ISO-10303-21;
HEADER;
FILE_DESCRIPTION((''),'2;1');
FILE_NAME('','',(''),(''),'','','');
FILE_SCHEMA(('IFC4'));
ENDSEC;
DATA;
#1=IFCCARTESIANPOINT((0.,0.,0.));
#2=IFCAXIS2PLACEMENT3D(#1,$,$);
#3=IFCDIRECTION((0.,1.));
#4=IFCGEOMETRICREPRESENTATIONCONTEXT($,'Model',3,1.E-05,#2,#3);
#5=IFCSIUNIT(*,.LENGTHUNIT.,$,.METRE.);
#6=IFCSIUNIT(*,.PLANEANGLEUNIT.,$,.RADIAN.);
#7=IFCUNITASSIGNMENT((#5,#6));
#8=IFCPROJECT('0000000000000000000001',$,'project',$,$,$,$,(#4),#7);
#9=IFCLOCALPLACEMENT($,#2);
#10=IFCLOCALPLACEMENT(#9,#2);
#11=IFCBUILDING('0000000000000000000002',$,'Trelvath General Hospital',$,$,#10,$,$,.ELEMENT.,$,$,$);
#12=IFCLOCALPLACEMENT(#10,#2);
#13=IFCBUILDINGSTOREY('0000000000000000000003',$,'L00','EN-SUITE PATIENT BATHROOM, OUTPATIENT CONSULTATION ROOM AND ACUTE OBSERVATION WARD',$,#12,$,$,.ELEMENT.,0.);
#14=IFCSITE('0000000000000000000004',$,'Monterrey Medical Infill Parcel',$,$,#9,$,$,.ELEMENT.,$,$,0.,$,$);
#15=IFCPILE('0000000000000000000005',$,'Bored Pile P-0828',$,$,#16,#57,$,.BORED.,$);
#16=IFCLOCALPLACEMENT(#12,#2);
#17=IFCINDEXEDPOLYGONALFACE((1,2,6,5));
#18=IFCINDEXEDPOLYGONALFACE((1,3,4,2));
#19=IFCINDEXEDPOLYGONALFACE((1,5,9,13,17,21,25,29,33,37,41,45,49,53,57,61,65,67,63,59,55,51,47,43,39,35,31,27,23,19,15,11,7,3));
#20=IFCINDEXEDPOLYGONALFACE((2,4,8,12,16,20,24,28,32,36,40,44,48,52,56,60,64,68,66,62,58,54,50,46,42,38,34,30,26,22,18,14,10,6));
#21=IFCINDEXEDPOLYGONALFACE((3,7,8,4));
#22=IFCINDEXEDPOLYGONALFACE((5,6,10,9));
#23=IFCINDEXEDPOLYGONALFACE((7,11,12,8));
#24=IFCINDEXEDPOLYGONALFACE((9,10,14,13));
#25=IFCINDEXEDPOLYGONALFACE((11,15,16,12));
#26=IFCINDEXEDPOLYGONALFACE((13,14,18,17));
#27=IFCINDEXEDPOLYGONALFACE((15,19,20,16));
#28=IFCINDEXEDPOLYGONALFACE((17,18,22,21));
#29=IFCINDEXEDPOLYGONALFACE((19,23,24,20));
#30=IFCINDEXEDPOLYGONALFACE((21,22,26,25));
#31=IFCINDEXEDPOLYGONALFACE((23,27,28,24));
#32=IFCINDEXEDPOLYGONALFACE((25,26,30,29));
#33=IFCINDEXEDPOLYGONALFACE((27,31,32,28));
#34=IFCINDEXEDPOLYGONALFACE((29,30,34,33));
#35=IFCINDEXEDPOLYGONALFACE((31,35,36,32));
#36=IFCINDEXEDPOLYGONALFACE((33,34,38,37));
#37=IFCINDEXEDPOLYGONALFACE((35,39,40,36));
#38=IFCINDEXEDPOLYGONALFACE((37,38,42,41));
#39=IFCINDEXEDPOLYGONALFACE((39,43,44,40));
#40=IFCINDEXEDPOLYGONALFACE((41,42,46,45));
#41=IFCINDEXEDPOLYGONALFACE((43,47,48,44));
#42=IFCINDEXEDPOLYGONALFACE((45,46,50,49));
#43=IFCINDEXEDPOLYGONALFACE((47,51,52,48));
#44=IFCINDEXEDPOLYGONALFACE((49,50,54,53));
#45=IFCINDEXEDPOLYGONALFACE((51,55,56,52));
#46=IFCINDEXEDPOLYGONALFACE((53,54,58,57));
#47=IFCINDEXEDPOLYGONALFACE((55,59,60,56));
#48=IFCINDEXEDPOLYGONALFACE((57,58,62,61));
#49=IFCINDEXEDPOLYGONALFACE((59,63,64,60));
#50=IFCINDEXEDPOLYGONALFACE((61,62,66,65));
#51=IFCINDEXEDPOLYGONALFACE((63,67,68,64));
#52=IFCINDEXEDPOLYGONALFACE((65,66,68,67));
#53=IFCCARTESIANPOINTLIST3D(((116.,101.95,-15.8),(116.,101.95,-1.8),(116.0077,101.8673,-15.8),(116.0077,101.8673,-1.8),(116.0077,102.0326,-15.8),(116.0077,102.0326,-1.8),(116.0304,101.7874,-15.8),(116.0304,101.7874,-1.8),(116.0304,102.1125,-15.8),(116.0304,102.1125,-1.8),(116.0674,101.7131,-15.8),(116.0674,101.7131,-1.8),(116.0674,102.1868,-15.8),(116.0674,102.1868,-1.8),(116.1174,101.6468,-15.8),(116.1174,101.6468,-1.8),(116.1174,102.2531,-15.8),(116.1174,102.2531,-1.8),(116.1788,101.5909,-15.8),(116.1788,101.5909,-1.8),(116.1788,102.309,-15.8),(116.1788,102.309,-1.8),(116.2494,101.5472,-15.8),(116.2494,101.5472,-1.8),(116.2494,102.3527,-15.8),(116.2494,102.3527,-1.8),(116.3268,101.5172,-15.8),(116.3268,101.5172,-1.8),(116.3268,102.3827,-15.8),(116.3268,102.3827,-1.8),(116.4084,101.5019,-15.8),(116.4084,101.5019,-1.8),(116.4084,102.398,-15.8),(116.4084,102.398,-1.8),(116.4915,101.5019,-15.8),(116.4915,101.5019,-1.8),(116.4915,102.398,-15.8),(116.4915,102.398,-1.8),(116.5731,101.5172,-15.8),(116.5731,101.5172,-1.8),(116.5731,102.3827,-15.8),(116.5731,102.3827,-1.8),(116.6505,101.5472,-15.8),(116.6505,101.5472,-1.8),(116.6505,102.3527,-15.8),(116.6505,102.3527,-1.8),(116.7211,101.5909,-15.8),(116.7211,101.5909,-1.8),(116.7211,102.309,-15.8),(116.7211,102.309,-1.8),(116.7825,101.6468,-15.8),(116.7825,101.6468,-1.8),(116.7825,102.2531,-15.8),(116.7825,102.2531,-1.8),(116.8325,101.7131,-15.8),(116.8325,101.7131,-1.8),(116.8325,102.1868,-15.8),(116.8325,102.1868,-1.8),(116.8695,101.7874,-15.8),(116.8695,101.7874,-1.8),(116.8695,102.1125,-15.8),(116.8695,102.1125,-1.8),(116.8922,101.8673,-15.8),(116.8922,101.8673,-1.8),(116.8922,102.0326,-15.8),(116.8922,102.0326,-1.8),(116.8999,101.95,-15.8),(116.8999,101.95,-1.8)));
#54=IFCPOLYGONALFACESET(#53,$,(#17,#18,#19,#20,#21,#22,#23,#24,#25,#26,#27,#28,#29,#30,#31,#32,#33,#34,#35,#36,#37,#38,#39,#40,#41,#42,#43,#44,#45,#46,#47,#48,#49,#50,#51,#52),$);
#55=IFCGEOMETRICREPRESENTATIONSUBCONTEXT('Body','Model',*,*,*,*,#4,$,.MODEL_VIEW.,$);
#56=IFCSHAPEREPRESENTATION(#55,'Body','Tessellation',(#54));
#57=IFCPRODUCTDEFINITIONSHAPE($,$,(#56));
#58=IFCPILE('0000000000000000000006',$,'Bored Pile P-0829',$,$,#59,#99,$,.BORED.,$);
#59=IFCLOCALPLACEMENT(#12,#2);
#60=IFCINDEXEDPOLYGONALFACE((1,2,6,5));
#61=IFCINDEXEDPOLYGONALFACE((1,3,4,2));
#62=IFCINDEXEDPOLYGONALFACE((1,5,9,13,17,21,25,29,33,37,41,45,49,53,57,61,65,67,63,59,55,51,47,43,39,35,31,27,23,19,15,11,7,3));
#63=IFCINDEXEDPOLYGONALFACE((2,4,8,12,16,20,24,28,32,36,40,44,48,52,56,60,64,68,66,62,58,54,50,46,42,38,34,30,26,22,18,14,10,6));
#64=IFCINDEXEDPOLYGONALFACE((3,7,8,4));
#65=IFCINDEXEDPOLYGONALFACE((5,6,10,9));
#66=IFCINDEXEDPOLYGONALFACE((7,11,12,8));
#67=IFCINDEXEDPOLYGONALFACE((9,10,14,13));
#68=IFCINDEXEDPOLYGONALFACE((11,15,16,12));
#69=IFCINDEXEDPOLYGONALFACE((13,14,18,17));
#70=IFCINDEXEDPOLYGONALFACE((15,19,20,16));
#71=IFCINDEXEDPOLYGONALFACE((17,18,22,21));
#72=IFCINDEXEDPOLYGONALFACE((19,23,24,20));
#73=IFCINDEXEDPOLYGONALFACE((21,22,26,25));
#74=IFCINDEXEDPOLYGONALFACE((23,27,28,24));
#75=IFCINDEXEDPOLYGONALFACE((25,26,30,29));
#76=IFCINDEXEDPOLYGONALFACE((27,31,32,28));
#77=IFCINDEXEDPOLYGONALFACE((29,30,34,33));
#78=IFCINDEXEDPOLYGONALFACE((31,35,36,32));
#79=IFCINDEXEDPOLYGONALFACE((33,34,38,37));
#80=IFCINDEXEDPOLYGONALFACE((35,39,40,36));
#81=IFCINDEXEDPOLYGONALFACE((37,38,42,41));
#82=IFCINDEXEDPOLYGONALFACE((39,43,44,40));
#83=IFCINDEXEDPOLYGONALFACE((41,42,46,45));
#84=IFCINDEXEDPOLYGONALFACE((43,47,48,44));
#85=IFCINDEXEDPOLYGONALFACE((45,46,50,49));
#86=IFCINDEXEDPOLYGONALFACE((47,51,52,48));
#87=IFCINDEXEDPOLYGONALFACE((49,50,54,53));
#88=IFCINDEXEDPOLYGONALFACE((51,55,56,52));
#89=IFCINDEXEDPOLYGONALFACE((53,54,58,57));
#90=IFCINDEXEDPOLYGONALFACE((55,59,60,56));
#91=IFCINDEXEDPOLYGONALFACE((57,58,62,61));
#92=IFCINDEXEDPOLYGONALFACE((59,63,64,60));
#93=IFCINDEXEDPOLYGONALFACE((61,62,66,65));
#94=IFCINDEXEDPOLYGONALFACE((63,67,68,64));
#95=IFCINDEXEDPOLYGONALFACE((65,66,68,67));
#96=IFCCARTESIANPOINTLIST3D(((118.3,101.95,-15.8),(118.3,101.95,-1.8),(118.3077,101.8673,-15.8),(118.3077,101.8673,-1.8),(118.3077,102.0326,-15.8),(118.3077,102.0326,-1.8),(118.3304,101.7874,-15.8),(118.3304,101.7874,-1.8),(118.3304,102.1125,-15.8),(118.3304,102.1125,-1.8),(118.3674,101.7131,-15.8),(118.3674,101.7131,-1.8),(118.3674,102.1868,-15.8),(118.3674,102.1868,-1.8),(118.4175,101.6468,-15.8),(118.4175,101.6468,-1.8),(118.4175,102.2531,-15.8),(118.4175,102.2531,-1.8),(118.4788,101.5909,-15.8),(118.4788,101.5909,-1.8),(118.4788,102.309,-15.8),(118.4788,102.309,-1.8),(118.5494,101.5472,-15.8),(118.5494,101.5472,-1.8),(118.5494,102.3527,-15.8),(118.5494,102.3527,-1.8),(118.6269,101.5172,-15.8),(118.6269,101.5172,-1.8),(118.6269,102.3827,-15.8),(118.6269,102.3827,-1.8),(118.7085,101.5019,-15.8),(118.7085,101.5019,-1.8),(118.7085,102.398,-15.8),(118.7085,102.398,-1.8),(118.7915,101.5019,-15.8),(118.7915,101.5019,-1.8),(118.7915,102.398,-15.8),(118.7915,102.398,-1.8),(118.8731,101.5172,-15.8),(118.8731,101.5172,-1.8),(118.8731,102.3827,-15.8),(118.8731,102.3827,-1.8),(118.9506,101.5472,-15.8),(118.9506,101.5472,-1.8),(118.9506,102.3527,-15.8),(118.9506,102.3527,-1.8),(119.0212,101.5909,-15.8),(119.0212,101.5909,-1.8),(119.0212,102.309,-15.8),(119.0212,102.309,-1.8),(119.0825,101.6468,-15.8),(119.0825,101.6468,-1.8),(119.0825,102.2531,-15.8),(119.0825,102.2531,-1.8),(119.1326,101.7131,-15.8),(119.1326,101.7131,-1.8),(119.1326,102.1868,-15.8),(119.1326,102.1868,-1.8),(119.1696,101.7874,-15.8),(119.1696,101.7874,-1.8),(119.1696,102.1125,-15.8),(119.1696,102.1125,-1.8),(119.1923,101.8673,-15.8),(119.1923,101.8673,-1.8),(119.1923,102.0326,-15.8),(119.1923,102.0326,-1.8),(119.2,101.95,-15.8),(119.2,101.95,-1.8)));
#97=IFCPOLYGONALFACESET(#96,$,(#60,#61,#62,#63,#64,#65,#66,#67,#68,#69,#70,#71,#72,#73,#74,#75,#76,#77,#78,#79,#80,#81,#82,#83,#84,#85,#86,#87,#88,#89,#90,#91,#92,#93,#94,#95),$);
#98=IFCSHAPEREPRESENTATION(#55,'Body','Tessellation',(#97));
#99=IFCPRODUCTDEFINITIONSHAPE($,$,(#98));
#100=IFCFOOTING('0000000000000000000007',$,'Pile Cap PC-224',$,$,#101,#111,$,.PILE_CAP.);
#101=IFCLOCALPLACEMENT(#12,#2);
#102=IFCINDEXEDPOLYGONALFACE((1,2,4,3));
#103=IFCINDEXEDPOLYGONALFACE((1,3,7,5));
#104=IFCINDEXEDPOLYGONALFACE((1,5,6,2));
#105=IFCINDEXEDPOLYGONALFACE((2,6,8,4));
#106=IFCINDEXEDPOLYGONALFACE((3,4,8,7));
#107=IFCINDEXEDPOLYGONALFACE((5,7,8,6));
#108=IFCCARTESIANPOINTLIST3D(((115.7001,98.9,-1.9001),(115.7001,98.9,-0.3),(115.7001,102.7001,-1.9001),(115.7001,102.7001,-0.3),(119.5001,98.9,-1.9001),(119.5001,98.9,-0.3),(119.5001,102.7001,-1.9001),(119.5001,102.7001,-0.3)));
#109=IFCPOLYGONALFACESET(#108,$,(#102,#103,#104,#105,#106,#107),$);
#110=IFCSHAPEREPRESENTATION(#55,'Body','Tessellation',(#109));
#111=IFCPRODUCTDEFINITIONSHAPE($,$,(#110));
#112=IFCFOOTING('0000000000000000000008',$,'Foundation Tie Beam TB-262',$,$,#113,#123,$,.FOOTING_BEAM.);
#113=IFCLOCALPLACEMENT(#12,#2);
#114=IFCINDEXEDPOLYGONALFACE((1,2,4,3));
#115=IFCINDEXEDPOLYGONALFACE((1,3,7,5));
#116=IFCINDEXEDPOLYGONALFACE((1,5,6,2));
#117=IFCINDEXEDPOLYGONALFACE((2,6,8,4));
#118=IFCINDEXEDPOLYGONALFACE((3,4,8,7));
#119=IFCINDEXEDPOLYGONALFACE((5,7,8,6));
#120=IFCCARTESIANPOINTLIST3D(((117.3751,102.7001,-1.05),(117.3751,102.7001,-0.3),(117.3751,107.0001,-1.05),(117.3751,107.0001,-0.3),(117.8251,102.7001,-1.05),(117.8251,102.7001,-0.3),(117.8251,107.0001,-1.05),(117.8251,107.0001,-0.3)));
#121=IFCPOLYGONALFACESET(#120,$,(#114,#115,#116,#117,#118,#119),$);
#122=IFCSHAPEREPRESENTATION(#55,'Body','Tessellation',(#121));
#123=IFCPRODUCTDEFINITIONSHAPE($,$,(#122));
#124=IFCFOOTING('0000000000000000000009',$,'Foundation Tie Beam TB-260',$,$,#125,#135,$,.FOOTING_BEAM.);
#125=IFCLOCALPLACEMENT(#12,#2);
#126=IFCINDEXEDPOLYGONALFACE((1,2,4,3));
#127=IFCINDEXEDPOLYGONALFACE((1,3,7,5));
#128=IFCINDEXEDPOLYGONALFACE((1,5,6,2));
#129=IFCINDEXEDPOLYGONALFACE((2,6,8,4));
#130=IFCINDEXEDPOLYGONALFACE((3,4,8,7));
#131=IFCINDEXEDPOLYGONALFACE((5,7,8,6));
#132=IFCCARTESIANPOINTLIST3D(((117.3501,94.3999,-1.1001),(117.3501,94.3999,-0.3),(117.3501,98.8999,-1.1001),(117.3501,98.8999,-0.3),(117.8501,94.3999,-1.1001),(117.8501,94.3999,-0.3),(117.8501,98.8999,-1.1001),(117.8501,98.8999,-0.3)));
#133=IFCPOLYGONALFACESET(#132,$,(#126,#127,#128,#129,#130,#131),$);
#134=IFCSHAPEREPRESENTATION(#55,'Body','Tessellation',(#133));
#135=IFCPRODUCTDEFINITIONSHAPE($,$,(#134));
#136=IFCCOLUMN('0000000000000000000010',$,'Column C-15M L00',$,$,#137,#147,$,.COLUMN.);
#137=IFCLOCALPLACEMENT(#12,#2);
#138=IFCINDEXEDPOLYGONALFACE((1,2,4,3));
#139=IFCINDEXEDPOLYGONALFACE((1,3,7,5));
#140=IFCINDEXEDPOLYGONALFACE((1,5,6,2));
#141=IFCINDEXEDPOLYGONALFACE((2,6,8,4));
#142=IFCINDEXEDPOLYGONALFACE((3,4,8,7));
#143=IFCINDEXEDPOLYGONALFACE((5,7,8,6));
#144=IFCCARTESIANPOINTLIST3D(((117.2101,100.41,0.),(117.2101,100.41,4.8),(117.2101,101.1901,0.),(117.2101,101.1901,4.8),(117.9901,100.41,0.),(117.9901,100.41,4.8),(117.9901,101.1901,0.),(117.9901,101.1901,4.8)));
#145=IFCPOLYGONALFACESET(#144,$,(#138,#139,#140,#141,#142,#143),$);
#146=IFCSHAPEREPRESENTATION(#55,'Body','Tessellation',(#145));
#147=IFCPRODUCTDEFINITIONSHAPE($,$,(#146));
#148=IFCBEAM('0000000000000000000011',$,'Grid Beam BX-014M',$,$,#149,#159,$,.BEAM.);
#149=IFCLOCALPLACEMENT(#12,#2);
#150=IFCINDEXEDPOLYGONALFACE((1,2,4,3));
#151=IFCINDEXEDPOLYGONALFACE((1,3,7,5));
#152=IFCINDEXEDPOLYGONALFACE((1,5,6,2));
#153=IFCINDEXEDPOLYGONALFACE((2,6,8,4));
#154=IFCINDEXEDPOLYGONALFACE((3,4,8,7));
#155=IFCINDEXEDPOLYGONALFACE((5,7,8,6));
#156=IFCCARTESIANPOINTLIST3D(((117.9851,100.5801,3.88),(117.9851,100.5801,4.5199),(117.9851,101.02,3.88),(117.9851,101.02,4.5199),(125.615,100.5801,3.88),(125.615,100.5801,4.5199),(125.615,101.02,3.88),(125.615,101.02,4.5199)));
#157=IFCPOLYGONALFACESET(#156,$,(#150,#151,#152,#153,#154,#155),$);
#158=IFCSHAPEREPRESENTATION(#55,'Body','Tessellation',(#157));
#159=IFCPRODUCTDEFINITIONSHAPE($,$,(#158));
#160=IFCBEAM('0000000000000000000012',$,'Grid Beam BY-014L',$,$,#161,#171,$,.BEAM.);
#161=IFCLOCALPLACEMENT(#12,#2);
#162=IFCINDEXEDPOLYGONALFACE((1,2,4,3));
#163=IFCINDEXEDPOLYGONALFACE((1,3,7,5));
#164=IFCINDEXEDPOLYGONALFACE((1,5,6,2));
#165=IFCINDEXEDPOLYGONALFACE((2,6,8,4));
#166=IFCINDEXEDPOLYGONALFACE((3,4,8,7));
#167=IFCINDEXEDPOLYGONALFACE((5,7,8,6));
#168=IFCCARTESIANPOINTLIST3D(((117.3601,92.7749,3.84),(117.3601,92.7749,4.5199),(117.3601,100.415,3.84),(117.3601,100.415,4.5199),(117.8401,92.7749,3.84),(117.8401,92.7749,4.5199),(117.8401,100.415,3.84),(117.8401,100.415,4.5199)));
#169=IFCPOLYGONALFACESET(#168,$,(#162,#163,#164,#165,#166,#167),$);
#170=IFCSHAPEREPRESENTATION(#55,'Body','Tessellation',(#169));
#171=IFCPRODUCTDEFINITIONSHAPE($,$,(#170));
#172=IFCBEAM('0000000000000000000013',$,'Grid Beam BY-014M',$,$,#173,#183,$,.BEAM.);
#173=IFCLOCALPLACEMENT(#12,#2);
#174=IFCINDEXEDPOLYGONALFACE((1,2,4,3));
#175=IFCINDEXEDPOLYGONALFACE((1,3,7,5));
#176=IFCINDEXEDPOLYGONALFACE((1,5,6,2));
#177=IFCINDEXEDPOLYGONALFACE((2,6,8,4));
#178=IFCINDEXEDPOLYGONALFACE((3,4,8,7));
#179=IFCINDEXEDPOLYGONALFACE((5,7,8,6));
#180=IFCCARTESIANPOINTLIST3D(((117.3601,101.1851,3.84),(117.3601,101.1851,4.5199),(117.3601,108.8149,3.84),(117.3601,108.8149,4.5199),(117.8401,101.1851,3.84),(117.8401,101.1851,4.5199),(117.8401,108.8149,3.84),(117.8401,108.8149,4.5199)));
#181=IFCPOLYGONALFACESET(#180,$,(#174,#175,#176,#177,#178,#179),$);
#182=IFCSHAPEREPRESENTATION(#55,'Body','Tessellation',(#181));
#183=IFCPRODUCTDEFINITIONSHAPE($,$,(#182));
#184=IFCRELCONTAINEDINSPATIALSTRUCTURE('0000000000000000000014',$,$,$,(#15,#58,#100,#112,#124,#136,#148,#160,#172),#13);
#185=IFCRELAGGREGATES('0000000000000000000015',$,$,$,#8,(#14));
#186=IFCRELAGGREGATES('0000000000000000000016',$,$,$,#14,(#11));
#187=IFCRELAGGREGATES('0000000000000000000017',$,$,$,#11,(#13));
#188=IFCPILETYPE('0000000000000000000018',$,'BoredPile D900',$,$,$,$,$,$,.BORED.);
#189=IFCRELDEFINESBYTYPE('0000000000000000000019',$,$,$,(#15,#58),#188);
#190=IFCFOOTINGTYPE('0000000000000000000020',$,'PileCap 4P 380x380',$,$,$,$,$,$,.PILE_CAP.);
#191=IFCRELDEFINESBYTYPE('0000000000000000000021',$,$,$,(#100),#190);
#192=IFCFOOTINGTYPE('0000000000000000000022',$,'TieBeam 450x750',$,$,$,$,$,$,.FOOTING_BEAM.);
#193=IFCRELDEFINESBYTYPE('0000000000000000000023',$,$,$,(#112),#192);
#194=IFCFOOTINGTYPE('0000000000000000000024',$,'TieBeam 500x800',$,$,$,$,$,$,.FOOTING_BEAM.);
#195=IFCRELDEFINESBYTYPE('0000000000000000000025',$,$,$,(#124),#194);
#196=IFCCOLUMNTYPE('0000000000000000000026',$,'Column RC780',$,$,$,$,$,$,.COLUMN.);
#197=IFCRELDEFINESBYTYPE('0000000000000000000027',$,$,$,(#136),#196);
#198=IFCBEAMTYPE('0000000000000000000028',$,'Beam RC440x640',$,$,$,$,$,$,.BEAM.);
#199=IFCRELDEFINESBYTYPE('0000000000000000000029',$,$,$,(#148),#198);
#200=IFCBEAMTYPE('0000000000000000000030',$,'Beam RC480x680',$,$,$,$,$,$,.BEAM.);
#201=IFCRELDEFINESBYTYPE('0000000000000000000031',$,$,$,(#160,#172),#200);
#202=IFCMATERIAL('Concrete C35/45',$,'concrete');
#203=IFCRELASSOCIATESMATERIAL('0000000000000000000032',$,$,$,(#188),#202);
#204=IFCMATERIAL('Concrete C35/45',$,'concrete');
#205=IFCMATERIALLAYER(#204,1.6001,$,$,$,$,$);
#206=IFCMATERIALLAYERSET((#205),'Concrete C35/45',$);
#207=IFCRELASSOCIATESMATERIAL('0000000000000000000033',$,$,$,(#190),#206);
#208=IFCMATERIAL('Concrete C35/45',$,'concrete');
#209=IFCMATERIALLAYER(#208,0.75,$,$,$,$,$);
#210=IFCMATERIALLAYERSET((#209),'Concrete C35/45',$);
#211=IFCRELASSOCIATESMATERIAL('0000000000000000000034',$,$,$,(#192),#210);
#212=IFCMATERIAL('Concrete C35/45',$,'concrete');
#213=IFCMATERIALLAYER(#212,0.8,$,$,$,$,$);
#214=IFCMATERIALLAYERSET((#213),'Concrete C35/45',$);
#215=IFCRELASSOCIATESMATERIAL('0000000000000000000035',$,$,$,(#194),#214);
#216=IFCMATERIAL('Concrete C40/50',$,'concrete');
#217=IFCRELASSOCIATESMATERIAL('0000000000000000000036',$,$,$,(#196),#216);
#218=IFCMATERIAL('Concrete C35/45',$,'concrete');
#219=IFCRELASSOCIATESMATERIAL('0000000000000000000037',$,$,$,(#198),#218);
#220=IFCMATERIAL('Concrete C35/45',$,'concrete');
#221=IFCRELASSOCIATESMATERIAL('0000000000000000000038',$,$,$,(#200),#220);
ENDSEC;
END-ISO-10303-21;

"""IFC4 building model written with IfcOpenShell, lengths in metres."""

from ifc_helpers import new_model, si_unit, direction, frame, origin, origin_2d, place, context, subcontext, project, spatial, rectangle, circle, extrude, material, layer, layer_set, material_profile, profile_set, type_object, element, save


model = new_model("IFC4")

# Units and contexts
model_context = context("Model", 3, precision=1e-05, world=origin(), true_north=direction((0.0, 1.0)))
body_context = subcontext(model_context, "Body", "Model", "MODEL_VIEW")
ifc_project = project(units=[si_unit("LENGTHUNIT", "METRE"), si_unit("PLANEANGLEUNIT", "RADIAN")], contexts=[model_context])

# Site, building, storey
site_placement = place(None, origin())
site = spatial("IfcSite", under=ifc_project, at=site_placement, Name="Monterrey Medical Infill Parcel", CompositionType="ELEMENT", RefElevation=0.0)
building_placement = place(site_placement, origin())
building = spatial("IfcBuilding", under=site, at=building_placement, Name="Trelvath General Hospital", CompositionType="ELEMENT")
storey_placement = place(building_placement, origin())
storey = spatial("IfcBuildingStorey", under=building, at=storey_placement, Name="L00", Description="EN-SUITE PATIENT BATHROOM, OUTPATIENT CONSULTATION ROOM AND ACUTE OBSERVATION WARD", CompositionType="ELEMENT", Elevation=0.0)

# Piles
ifc_material_1 = material(Name="Concrete C35/45", Category="concrete")
ifc_material_profile_1 = material_profile(ifc_material_1, circle(Radius=0.45, at=origin_2d()), Name="PILE900")
ifc_profile_set_1 = profile_set([ifc_material_profile_1], Name="Concrete C35/45")
pile_type_1 = type_object("IfcPileType", Name="BoredPile D900", PredefinedType="BORED", material=ifc_profile_set_1)
for number, where, z_axis, x_axis, name in (
    (1, (116.45, 101.95, -1.8), (0.0, 0.0, -1.0), (1.0, 0.0, 0.0), "Bored Pile P-0828"),
    (2, (118.75, 101.95, -1.8), (0.0, 0.0, -1.0), (1.0, 0.0, 0.0), "Bored Pile P-0829"),
):
    element("IfcPile", number, at=place(storey_placement, frame(where, z_axis=z_axis, x_axis=x_axis)), inside=storey, type_object=pile_type_1, Name=name, PredefinedType="BORED", context=body_context, shape_type="SweptSolid", body=[
        extrude(circle(Radius=0.45, at=origin_2d()), origin(), (0.0, 0.0, 1.0), 14.0),
    ])

# Footings
ifc_material_2 = material(Name="Concrete C35/45", Category="concrete")
ifc_layer_1 = layer(ifc_material_2, 1.6001)
ifc_layer_set_1 = layer_set([ifc_layer_1], Name="Concrete C35/45")
footing_type_1 = type_object("IfcFootingType", Name="PileCap 4P 380x380", PredefinedType="PILE_CAP", material=ifc_layer_set_1)
footing_1_placement = place(storey_placement, frame((117.6001, 100.8, -1.9001), z_axis=(0.0, 0.0, 1.0), x_axis=(1.0, 0.0, 0.0)))
element("IfcFooting", 3, at=footing_1_placement, inside=storey, type_object=footing_type_1, Name="Pile Cap PC-224", PredefinedType="PILE_CAP", context=body_context, shape_type="SweptSolid", body=[
    extrude(rectangle(XDim=3.8, YDim=3.8, at=origin_2d()), origin(), (0.0, 0.0, 1.0), 1.6001),
])
ifc_material_3 = material(Name="Concrete C35/45", Category="concrete")
ifc_layer_2 = layer(ifc_material_3, 0.75)
ifc_layer_set_2 = layer_set([ifc_layer_2], Name="Concrete C35/45")
footing_type_2 = type_object("IfcFootingType", Name="TieBeam 450x750", PredefinedType="FOOTING_BEAM", material=ifc_layer_set_2)
footing_2_placement = place(storey_placement, frame((117.6001, 104.8501, -1.05), z_axis=(0.0, 0.0, 1.0), x_axis=(1.0, 0.0, 0.0)))
element("IfcFooting", 4, at=footing_2_placement, inside=storey, type_object=footing_type_2, Name="Foundation Tie Beam TB-262", PredefinedType="FOOTING_BEAM", context=body_context, shape_type="SweptSolid", body=[
    extrude(rectangle(XDim=0.45, YDim=4.3, at=origin_2d()), origin(), (0.0, 0.0, 1.0), 0.75),
])
ifc_material_4 = material(Name="Concrete C35/45", Category="concrete")
ifc_layer_3 = layer(ifc_material_4, 0.8)
ifc_layer_set_3 = layer_set([ifc_layer_3], Name="Concrete C35/45")
footing_type_3 = type_object("IfcFootingType", Name="TieBeam 500x800", PredefinedType="FOOTING_BEAM", material=ifc_layer_set_3)
footing_3_placement = place(storey_placement, frame((117.6001, 96.6499, -1.1001), z_axis=(0.0, 0.0, 1.0), x_axis=(1.0, 0.0, 0.0)))
element("IfcFooting", 5, at=footing_3_placement, inside=storey, type_object=footing_type_3, Name="Foundation Tie Beam TB-260", PredefinedType="FOOTING_BEAM", context=body_context, shape_type="SweptSolid", body=[
    extrude(rectangle(XDim=0.5, YDim=4.5, at=origin_2d()), origin(), (0.0, 0.0, 1.0), 0.8),
])

# Column
ifc_material_5 = material(Name="Concrete C40/50", Category="concrete")
ifc_material_profile_2 = material_profile(ifc_material_5, rectangle(XDim=0.78, YDim=0.78, at=origin_2d()), Name="RC780x780")
ifc_profile_set_2 = profile_set([ifc_material_profile_2], Name="Concrete C40/50")
column_type = type_object("IfcColumnType", Name="Column RC780", PredefinedType="COLUMN", material=ifc_profile_set_2)
column_placement = place(storey_placement, frame((117.6001, 100.8, 0.0), z_axis=(0.0, 0.0, 1.0), x_axis=(1.0, 0.0, 0.0)))
element("IfcColumn", 6, at=column_placement, inside=storey, type_object=column_type, Name="Column C-15M L00", PredefinedType="COLUMN", context=body_context, shape_type="SweptSolid", body=[
    extrude(rectangle(XDim=0.78, YDim=0.78, at=origin_2d()), origin(), (0.0, 0.0, 1.0), 4.8),
])

# Beams
ifc_material_6 = material(Name="Concrete C35/45", Category="concrete")
ifc_material_profile_3 = material_profile(ifc_material_6, rectangle(XDim=0.4399, YDim=0.6399, at=origin_2d()), Name="RCB440x640")
ifc_profile_set_3 = profile_set([ifc_material_profile_3], Name="Concrete C35/45")
beam_type_1 = type_object("IfcBeamType", Name="Beam RC440x640", PredefinedType="BEAM", material=ifc_profile_set_3)
beam_1_placement = place(storey_placement, frame((117.9851, 100.8, 4.2), z_axis=(1.0, 0.0, 0.0), x_axis=(0.0, 1.0, 0.0)))
element("IfcBeam", 7, at=beam_1_placement, inside=storey, type_object=beam_type_1, Name="Grid Beam BX-014M", PredefinedType="BEAM", context=body_context, shape_type="SweptSolid", body=[
    extrude(rectangle(XDim=0.4399, YDim=0.6399, at=origin_2d()), origin(), (0.0, 0.0, 1.0), 7.6299),
])
ifc_material_7 = material(Name="Concrete C35/45", Category="concrete")
ifc_material_profile_4 = material_profile(ifc_material_7, rectangle(XDim=0.48, YDim=0.6799, at=origin_2d()), Name="RCB480x680")
ifc_profile_set_4 = profile_set([ifc_material_profile_4], Name="Concrete C35/45")
beam_type_2 = type_object("IfcBeamType", Name="Beam RC480x680", PredefinedType="BEAM", material=ifc_profile_set_4)
beam_2_placement = place(storey_placement, frame((117.6001, 92.7749, 4.1799), z_axis=(0.0, 1.0, 0.0), x_axis=(-1.0, 0.0, 0.0)))
element("IfcBeam", 8, at=beam_2_placement, inside=storey, type_object=beam_type_2, Name="Grid Beam BY-014L", PredefinedType="BEAM", context=body_context, shape_type="SweptSolid", body=[
    extrude(rectangle(XDim=0.48, YDim=0.6799, at=origin_2d()), origin(), (0.0, 0.0, 1.0), 7.6401),
])
beam_3_placement = place(storey_placement, frame((117.6001, 101.1851, 4.1799), z_axis=(0.0, 1.0, 0.0), x_axis=(-1.0, 0.0, 0.0)))
element("IfcBeam", 9, at=beam_3_placement, inside=storey, type_object=beam_type_2, Name="Grid Beam BY-014M", PredefinedType="BEAM", context=body_context, shape_type="SweptSolid", body=[
    extrude(rectangle(XDim=0.48, YDim=0.6799, at=origin_2d()), origin(), (0.0, 0.0, 1.0), 7.6299),
])

save(model, "model.ifc")
